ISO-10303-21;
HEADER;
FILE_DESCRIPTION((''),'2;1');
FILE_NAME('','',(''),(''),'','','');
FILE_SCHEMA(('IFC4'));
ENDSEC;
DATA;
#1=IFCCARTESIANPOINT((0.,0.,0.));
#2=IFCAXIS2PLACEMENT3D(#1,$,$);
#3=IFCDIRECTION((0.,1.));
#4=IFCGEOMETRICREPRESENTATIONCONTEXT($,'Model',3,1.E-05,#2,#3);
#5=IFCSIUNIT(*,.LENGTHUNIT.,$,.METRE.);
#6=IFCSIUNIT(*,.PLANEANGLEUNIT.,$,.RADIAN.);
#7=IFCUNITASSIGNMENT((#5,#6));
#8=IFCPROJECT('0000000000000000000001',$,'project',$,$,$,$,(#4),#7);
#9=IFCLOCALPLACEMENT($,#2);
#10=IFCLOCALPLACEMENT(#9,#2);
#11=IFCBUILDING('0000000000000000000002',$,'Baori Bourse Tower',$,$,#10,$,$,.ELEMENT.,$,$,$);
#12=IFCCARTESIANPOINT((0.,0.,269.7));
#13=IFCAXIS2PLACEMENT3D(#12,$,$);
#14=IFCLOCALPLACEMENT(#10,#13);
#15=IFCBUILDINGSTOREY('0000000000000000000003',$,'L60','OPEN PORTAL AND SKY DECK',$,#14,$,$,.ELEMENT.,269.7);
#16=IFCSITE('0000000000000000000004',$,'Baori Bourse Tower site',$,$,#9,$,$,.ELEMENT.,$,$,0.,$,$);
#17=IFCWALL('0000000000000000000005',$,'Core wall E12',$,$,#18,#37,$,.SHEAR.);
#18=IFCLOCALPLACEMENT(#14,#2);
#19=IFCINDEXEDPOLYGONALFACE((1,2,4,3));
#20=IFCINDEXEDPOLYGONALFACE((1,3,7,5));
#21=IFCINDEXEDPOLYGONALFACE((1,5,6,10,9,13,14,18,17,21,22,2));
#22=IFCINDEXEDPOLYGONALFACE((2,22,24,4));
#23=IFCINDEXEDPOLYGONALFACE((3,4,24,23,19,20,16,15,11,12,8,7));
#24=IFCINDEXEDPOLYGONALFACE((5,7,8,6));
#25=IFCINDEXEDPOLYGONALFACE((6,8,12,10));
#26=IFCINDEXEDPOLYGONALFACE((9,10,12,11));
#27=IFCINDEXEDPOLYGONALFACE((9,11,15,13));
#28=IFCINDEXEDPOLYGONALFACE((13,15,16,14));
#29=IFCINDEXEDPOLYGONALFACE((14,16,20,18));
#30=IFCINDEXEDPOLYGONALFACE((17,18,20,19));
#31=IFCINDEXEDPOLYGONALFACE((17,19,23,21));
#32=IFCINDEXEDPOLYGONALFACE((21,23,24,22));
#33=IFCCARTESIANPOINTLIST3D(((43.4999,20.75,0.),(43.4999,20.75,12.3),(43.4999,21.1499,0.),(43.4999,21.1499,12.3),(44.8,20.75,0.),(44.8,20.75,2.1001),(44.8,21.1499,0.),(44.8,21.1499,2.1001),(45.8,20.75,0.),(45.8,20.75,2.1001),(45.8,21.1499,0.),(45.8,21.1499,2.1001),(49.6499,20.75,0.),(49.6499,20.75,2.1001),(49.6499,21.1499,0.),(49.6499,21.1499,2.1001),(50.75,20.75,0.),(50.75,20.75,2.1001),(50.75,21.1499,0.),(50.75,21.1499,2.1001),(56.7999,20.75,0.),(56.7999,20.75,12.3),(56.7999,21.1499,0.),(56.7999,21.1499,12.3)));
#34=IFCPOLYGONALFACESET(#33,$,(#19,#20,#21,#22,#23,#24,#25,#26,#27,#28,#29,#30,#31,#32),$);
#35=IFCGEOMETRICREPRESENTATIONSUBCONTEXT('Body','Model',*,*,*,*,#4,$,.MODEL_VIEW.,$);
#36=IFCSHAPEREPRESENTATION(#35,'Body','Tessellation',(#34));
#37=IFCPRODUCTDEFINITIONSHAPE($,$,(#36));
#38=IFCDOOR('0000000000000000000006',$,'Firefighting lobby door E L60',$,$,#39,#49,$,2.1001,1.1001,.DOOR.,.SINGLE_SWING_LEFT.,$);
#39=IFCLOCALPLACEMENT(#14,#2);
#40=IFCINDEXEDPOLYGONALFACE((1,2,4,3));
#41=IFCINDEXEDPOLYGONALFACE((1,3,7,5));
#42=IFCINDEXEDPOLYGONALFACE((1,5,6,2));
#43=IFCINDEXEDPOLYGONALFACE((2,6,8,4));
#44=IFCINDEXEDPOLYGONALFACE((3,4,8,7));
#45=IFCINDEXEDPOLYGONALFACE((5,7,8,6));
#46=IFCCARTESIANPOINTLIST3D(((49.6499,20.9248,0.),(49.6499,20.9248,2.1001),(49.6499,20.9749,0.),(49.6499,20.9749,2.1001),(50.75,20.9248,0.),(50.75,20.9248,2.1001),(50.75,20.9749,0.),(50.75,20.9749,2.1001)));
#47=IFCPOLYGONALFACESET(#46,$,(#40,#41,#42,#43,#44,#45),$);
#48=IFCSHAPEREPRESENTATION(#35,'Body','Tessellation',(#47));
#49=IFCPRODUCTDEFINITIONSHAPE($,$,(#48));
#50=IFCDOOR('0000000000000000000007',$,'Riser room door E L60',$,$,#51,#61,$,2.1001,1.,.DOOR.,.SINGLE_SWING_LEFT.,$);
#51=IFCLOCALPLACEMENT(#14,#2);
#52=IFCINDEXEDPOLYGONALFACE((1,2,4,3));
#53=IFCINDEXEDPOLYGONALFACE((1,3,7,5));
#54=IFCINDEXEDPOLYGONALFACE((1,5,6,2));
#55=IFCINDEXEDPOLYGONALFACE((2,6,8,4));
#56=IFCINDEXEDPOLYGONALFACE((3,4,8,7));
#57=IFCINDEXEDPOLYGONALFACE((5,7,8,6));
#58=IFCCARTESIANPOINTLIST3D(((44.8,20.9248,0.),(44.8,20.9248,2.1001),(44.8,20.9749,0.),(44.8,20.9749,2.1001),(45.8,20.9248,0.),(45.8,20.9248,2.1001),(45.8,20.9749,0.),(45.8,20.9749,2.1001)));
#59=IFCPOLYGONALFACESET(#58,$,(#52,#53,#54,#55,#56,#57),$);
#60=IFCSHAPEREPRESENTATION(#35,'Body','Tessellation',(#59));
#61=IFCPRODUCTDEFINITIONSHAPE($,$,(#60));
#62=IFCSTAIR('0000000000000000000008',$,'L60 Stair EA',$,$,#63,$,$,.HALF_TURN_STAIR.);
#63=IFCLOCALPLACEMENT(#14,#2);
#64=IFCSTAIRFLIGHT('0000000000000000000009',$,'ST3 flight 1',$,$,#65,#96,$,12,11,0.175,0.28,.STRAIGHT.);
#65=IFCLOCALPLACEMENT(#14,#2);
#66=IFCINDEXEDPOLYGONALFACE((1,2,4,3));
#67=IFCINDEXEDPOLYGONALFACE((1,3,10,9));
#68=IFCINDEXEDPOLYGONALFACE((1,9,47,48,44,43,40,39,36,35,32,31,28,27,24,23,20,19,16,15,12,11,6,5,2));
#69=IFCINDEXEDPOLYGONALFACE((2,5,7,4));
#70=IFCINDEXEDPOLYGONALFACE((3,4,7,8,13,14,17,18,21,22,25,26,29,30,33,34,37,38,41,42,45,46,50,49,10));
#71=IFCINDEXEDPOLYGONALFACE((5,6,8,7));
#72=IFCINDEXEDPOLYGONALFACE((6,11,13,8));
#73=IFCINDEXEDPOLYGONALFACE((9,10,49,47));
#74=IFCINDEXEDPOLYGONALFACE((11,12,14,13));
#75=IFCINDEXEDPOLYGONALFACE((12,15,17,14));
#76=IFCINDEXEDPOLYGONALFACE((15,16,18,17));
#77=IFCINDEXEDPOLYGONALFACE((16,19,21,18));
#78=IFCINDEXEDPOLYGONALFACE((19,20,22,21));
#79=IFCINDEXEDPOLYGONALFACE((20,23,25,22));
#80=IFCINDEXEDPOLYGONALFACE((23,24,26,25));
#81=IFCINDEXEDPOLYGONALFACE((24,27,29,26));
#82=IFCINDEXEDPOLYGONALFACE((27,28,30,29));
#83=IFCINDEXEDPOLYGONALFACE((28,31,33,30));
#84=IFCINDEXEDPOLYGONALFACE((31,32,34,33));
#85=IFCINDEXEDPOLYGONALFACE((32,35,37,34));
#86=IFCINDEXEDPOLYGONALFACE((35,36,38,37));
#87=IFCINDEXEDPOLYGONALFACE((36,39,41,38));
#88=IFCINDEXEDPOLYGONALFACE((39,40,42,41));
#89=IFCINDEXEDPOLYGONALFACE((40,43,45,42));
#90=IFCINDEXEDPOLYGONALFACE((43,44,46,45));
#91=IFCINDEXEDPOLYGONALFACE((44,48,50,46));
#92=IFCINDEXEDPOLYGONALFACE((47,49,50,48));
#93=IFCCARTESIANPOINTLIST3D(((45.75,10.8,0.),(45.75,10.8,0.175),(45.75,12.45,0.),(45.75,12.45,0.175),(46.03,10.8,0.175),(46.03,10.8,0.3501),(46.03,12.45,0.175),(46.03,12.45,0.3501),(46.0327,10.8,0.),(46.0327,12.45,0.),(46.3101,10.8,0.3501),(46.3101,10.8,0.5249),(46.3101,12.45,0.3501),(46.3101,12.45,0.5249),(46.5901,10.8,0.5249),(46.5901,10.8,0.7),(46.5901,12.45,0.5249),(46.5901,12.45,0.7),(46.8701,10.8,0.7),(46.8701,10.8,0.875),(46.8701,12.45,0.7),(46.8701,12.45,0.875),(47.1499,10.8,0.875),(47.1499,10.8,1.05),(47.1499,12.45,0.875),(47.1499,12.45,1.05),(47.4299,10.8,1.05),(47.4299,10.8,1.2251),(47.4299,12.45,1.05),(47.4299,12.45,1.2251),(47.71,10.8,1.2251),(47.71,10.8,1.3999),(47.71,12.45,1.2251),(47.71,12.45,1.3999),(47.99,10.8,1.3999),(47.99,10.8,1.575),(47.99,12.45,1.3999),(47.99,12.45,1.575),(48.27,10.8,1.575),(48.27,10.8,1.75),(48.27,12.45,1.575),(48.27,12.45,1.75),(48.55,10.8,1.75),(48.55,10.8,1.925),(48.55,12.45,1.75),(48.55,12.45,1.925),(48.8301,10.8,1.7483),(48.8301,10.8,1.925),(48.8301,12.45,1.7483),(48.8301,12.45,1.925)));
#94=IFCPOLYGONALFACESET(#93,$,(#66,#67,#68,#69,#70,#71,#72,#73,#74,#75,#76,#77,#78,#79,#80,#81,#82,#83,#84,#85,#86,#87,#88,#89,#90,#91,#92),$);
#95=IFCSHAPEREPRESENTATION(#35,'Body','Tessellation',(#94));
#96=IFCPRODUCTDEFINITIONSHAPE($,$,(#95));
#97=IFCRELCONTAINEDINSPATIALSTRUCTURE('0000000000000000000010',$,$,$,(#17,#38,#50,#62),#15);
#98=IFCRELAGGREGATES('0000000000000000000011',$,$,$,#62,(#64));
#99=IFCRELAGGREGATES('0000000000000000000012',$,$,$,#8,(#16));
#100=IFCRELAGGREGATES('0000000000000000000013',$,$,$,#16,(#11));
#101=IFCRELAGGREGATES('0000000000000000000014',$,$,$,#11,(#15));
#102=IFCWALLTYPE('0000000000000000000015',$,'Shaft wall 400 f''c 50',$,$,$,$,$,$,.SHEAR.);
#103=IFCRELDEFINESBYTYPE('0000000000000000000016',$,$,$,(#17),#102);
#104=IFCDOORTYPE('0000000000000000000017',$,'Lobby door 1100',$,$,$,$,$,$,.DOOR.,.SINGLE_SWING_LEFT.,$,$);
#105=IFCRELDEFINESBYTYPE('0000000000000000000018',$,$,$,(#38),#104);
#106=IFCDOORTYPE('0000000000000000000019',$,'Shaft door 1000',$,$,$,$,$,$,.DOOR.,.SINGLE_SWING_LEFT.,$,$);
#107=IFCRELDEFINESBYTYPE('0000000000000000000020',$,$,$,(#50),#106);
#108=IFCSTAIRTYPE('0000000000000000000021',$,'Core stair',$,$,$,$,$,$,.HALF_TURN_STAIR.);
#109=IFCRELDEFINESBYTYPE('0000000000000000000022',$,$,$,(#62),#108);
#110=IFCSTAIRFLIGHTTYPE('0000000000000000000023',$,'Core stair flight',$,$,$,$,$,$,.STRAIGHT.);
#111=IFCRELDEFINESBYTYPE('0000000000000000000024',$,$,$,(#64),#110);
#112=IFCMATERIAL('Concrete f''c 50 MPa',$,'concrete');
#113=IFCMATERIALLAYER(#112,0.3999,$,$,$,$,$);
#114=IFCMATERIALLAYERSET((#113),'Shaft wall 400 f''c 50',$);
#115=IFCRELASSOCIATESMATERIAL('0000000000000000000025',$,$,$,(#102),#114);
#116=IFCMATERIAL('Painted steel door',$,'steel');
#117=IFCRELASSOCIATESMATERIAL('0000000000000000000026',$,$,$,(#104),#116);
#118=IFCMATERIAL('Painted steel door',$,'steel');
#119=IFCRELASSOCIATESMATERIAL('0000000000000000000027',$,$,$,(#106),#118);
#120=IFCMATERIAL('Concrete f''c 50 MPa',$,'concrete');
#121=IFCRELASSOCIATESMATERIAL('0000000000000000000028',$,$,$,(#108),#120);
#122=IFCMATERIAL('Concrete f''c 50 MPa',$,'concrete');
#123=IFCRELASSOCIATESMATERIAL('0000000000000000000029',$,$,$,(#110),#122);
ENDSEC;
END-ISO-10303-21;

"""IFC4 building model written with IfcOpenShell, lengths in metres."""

from ifc_helpers import new_model, si_unit, direction, frame, frame_2d, origin, place, context, subcontext, project, spatial, polyline, rectangle, outline, extrude, material, layer, layer_set, type_object, element, fill, aggregate, save


model = new_model("IFC4")

# Units and contexts
model_context = context("Model", 3, precision=1e-05, world=origin(), true_north=direction((0.0, 1.0)))
body_context = subcontext(model_context, "Body", "Model", "MODEL_VIEW")
ifc_project = project(units=[si_unit("LENGTHUNIT", "METRE"), si_unit("PLANEANGLEUNIT", "RADIAN")], contexts=[model_context])

# Site, building, storey
site_placement = place(None, origin())
site = spatial("IfcSite", under=ifc_project, at=site_placement, Name="Baori Bourse Tower site", CompositionType="ELEMENT", RefElevation=0.0)
building_placement = place(site_placement, origin())
building = spatial("IfcBuilding", under=site, at=building_placement, Name="Baori Bourse Tower", CompositionType="ELEMENT")
storey_placement = place(building_placement, frame((0.0, 0.0, 269.7)))
storey = spatial("IfcBuildingStorey", under=building, at=storey_placement, Name="L60", Description="OPEN PORTAL AND SKY DECK", CompositionType="ELEMENT", Elevation=269.7)

# Shared definitions
ifc_material_1 = material(Name="Concrete f'c 50 MPa", Category="concrete")
ifc_layer_1 = layer(ifc_material_1, 0.3999)
ifc_layer_set_1 = layer_set([ifc_layer_1], Name="Shaft wall 400 f'c 50")
wall_type_1 = type_object("IfcWallType", Name="Shaft wall 400 f'c 50", PredefinedType="SHEAR", material=ifc_layer_set_1)

# Wall, openings, doors
wall_1_placement = place(storey_placement, frame((43.5, 20.95, 0.0), z_axis=(0.0, 0.0, 1.0), x_axis=(1.0, 0.0, 0.0)))
wall_1 = element("IfcWall", 1, at=wall_1_placement, inside=storey, type_object=wall_type_1, Name="Core wall E12", PredefinedType="SHEAR", context=body_context, shape_type="SweptSolid", body=[
    extrude(rectangle(XDim=13.3, YDim=0.3999, at=frame_2d((6.6499, 0.0))), origin(), (0.0, 0.0, 1.0), 12.3),
])
opening_1_placement = place(wall_1_placement, frame((6.1499, 0.0, 0.0)))
opening_1 = element("IfcOpeningElement", 2, at=opening_1_placement, cuts=wall_1, PredefinedType="OPENING", context=body_context, shape_type="SweptSolid", body=[
    extrude(rectangle(XDim=1.1001, YDim=2.1001, at=frame_2d((0.55, 1.05))), frame((0.0, 0.21, 0.0), z_axis=(0.0, -1.0, 0.0), x_axis=(1.0, 0.0, 0.0)), (0.0, 0.0, 1.0), 0.4199),
])
opening_2_placement = place(wall_1_placement, frame((1.3, 0.0, 0.0)))
opening_2 = element("IfcOpeningElement", 3, at=opening_2_placement, cuts=wall_1, PredefinedType="OPENING", context=body_context, shape_type="SweptSolid", body=[
    extrude(rectangle(XDim=1.0, YDim=2.1001, at=frame_2d((0.5, 1.05))), frame((0.0, 0.21, 0.0), z_axis=(0.0, -1.0, 0.0), x_axis=(1.0, 0.0, 0.0)), (0.0, 0.0, 1.0), 0.4199),
])
ifc_material_2 = material(Name="Painted steel door", Category="steel")
door_type_1 = type_object("IfcDoorType", Name="Lobby door 1100", OperationType="SINGLE_SWING_LEFT", PredefinedType="DOOR", material=ifc_material_2)
door_1_placement = place(opening_1_placement, origin())
door_1 = element("IfcDoor", 4, at=door_1_placement, inside=storey, type_object=door_type_1, Name="Firefighting lobby door E L60", OperationType="SINGLE_SWING_LEFT", OverallHeight=2.1001, OverallWidth=1.1001, PredefinedType="DOOR", context=body_context, shape_type="SweptSolid", body=[
    extrude(rectangle(XDim=1.1001, YDim=2.1001, at=frame_2d((0.55, 1.05))), frame((0.0, 0.0249, 0.0), z_axis=(0.0, -1.0, 0.0), x_axis=(1.0, 0.0, 0.0)), (0.0, 0.0, 1.0), 0.05),
])
fill(opening_1, door_1)
ifc_material_3 = material(Name="Painted steel door", Category="steel")
door_type_2 = type_object("IfcDoorType", Name="Shaft door 1000", OperationType="SINGLE_SWING_LEFT", PredefinedType="DOOR", material=ifc_material_3)
door_2_placement = place(opening_2_placement, origin())
door_2 = element("IfcDoor", 5, at=door_2_placement, inside=storey, type_object=door_type_2, Name="Riser room door E L60", OperationType="SINGLE_SWING_LEFT", OverallHeight=2.1001, OverallWidth=1.0, PredefinedType="DOOR", context=body_context, shape_type="SweptSolid", body=[
    extrude(rectangle(XDim=1.0, YDim=2.1001, at=frame_2d((0.5, 1.05))), frame((0.0, 0.0249, 0.0), z_axis=(0.0, -1.0, 0.0), x_axis=(1.0, 0.0, 0.0)), (0.0, 0.0, 1.0), 0.05),
])
fill(opening_2, door_2)

# Stair, stair flight
ifc_material_4 = material(Name="Concrete f'c 50 MPa", Category="concrete")
stair_type = type_object("IfcStairType", Name="Core stair", PredefinedType="HALF_TURN_STAIR", material=ifc_material_4)
stair_placement = place(storey_placement, origin())
stair = element("IfcStair", 6, at=stair_placement, inside=storey, type_object=stair_type, Name="L60 Stair EA", PredefinedType="HALF_TURN_STAIR")
ifc_material_5 = material(Name="Concrete f'c 50 MPa", Category="concrete")
stair_flight_type = type_object("IfcStairFlightType", Name="Core stair flight", PredefinedType="STRAIGHT", material=ifc_material_5)
stair_flight_placement = place(storey_placement, frame((45.75, 11.625, 0.0), z_axis=(0.0, 0.0, 1.0), x_axis=(1.0, 0.0, 0.0)))
stair_flight = element("IfcStairFlight", 7, at=stair_flight_placement, type_object=stair_flight_type, Name="ST3 flight 1", NumberOfRisers=12, NumberOfTreads=11, PredefinedType="STRAIGHT", RiserHeight=0.175, TreadLength=0.28, context=body_context, shape_type="SweptSolid", body=[
    extrude(outline(polyline([(0.0, 0.0), (0.0, 0.175), (0.28, 0.175), (0.28, 0.3501), (0.5601, 0.3501), (0.5601, 0.5249), (0.8401, 0.5249), (0.8401, 0.7), (1.1201, 0.7), (1.1201, 0.875), (1.3999, 0.875), (1.3999, 1.05), (1.6799, 1.05), (1.6799, 1.2251), (1.96, 1.2251), (1.96, 1.3999), (2.24, 1.3999), (2.24, 1.575), (2.52, 1.575), (2.52, 1.75), (2.8, 1.75), (2.8, 1.925), (3.0801, 1.925), (3.0801, 2.1001), (3.0801, 1.7483), (0.2827, 0.0), (0.0, 0.0)])), frame((0.0, 0.825, 0.0), z_axis=(0.0, -1.0, 0.0), x_axis=(1.0, 0.0, 0.0)), (0.0, 0.0, 1.0), 1.6499),
])
aggregate(stair, [stair_flight])

save(model, "model.ifc")
